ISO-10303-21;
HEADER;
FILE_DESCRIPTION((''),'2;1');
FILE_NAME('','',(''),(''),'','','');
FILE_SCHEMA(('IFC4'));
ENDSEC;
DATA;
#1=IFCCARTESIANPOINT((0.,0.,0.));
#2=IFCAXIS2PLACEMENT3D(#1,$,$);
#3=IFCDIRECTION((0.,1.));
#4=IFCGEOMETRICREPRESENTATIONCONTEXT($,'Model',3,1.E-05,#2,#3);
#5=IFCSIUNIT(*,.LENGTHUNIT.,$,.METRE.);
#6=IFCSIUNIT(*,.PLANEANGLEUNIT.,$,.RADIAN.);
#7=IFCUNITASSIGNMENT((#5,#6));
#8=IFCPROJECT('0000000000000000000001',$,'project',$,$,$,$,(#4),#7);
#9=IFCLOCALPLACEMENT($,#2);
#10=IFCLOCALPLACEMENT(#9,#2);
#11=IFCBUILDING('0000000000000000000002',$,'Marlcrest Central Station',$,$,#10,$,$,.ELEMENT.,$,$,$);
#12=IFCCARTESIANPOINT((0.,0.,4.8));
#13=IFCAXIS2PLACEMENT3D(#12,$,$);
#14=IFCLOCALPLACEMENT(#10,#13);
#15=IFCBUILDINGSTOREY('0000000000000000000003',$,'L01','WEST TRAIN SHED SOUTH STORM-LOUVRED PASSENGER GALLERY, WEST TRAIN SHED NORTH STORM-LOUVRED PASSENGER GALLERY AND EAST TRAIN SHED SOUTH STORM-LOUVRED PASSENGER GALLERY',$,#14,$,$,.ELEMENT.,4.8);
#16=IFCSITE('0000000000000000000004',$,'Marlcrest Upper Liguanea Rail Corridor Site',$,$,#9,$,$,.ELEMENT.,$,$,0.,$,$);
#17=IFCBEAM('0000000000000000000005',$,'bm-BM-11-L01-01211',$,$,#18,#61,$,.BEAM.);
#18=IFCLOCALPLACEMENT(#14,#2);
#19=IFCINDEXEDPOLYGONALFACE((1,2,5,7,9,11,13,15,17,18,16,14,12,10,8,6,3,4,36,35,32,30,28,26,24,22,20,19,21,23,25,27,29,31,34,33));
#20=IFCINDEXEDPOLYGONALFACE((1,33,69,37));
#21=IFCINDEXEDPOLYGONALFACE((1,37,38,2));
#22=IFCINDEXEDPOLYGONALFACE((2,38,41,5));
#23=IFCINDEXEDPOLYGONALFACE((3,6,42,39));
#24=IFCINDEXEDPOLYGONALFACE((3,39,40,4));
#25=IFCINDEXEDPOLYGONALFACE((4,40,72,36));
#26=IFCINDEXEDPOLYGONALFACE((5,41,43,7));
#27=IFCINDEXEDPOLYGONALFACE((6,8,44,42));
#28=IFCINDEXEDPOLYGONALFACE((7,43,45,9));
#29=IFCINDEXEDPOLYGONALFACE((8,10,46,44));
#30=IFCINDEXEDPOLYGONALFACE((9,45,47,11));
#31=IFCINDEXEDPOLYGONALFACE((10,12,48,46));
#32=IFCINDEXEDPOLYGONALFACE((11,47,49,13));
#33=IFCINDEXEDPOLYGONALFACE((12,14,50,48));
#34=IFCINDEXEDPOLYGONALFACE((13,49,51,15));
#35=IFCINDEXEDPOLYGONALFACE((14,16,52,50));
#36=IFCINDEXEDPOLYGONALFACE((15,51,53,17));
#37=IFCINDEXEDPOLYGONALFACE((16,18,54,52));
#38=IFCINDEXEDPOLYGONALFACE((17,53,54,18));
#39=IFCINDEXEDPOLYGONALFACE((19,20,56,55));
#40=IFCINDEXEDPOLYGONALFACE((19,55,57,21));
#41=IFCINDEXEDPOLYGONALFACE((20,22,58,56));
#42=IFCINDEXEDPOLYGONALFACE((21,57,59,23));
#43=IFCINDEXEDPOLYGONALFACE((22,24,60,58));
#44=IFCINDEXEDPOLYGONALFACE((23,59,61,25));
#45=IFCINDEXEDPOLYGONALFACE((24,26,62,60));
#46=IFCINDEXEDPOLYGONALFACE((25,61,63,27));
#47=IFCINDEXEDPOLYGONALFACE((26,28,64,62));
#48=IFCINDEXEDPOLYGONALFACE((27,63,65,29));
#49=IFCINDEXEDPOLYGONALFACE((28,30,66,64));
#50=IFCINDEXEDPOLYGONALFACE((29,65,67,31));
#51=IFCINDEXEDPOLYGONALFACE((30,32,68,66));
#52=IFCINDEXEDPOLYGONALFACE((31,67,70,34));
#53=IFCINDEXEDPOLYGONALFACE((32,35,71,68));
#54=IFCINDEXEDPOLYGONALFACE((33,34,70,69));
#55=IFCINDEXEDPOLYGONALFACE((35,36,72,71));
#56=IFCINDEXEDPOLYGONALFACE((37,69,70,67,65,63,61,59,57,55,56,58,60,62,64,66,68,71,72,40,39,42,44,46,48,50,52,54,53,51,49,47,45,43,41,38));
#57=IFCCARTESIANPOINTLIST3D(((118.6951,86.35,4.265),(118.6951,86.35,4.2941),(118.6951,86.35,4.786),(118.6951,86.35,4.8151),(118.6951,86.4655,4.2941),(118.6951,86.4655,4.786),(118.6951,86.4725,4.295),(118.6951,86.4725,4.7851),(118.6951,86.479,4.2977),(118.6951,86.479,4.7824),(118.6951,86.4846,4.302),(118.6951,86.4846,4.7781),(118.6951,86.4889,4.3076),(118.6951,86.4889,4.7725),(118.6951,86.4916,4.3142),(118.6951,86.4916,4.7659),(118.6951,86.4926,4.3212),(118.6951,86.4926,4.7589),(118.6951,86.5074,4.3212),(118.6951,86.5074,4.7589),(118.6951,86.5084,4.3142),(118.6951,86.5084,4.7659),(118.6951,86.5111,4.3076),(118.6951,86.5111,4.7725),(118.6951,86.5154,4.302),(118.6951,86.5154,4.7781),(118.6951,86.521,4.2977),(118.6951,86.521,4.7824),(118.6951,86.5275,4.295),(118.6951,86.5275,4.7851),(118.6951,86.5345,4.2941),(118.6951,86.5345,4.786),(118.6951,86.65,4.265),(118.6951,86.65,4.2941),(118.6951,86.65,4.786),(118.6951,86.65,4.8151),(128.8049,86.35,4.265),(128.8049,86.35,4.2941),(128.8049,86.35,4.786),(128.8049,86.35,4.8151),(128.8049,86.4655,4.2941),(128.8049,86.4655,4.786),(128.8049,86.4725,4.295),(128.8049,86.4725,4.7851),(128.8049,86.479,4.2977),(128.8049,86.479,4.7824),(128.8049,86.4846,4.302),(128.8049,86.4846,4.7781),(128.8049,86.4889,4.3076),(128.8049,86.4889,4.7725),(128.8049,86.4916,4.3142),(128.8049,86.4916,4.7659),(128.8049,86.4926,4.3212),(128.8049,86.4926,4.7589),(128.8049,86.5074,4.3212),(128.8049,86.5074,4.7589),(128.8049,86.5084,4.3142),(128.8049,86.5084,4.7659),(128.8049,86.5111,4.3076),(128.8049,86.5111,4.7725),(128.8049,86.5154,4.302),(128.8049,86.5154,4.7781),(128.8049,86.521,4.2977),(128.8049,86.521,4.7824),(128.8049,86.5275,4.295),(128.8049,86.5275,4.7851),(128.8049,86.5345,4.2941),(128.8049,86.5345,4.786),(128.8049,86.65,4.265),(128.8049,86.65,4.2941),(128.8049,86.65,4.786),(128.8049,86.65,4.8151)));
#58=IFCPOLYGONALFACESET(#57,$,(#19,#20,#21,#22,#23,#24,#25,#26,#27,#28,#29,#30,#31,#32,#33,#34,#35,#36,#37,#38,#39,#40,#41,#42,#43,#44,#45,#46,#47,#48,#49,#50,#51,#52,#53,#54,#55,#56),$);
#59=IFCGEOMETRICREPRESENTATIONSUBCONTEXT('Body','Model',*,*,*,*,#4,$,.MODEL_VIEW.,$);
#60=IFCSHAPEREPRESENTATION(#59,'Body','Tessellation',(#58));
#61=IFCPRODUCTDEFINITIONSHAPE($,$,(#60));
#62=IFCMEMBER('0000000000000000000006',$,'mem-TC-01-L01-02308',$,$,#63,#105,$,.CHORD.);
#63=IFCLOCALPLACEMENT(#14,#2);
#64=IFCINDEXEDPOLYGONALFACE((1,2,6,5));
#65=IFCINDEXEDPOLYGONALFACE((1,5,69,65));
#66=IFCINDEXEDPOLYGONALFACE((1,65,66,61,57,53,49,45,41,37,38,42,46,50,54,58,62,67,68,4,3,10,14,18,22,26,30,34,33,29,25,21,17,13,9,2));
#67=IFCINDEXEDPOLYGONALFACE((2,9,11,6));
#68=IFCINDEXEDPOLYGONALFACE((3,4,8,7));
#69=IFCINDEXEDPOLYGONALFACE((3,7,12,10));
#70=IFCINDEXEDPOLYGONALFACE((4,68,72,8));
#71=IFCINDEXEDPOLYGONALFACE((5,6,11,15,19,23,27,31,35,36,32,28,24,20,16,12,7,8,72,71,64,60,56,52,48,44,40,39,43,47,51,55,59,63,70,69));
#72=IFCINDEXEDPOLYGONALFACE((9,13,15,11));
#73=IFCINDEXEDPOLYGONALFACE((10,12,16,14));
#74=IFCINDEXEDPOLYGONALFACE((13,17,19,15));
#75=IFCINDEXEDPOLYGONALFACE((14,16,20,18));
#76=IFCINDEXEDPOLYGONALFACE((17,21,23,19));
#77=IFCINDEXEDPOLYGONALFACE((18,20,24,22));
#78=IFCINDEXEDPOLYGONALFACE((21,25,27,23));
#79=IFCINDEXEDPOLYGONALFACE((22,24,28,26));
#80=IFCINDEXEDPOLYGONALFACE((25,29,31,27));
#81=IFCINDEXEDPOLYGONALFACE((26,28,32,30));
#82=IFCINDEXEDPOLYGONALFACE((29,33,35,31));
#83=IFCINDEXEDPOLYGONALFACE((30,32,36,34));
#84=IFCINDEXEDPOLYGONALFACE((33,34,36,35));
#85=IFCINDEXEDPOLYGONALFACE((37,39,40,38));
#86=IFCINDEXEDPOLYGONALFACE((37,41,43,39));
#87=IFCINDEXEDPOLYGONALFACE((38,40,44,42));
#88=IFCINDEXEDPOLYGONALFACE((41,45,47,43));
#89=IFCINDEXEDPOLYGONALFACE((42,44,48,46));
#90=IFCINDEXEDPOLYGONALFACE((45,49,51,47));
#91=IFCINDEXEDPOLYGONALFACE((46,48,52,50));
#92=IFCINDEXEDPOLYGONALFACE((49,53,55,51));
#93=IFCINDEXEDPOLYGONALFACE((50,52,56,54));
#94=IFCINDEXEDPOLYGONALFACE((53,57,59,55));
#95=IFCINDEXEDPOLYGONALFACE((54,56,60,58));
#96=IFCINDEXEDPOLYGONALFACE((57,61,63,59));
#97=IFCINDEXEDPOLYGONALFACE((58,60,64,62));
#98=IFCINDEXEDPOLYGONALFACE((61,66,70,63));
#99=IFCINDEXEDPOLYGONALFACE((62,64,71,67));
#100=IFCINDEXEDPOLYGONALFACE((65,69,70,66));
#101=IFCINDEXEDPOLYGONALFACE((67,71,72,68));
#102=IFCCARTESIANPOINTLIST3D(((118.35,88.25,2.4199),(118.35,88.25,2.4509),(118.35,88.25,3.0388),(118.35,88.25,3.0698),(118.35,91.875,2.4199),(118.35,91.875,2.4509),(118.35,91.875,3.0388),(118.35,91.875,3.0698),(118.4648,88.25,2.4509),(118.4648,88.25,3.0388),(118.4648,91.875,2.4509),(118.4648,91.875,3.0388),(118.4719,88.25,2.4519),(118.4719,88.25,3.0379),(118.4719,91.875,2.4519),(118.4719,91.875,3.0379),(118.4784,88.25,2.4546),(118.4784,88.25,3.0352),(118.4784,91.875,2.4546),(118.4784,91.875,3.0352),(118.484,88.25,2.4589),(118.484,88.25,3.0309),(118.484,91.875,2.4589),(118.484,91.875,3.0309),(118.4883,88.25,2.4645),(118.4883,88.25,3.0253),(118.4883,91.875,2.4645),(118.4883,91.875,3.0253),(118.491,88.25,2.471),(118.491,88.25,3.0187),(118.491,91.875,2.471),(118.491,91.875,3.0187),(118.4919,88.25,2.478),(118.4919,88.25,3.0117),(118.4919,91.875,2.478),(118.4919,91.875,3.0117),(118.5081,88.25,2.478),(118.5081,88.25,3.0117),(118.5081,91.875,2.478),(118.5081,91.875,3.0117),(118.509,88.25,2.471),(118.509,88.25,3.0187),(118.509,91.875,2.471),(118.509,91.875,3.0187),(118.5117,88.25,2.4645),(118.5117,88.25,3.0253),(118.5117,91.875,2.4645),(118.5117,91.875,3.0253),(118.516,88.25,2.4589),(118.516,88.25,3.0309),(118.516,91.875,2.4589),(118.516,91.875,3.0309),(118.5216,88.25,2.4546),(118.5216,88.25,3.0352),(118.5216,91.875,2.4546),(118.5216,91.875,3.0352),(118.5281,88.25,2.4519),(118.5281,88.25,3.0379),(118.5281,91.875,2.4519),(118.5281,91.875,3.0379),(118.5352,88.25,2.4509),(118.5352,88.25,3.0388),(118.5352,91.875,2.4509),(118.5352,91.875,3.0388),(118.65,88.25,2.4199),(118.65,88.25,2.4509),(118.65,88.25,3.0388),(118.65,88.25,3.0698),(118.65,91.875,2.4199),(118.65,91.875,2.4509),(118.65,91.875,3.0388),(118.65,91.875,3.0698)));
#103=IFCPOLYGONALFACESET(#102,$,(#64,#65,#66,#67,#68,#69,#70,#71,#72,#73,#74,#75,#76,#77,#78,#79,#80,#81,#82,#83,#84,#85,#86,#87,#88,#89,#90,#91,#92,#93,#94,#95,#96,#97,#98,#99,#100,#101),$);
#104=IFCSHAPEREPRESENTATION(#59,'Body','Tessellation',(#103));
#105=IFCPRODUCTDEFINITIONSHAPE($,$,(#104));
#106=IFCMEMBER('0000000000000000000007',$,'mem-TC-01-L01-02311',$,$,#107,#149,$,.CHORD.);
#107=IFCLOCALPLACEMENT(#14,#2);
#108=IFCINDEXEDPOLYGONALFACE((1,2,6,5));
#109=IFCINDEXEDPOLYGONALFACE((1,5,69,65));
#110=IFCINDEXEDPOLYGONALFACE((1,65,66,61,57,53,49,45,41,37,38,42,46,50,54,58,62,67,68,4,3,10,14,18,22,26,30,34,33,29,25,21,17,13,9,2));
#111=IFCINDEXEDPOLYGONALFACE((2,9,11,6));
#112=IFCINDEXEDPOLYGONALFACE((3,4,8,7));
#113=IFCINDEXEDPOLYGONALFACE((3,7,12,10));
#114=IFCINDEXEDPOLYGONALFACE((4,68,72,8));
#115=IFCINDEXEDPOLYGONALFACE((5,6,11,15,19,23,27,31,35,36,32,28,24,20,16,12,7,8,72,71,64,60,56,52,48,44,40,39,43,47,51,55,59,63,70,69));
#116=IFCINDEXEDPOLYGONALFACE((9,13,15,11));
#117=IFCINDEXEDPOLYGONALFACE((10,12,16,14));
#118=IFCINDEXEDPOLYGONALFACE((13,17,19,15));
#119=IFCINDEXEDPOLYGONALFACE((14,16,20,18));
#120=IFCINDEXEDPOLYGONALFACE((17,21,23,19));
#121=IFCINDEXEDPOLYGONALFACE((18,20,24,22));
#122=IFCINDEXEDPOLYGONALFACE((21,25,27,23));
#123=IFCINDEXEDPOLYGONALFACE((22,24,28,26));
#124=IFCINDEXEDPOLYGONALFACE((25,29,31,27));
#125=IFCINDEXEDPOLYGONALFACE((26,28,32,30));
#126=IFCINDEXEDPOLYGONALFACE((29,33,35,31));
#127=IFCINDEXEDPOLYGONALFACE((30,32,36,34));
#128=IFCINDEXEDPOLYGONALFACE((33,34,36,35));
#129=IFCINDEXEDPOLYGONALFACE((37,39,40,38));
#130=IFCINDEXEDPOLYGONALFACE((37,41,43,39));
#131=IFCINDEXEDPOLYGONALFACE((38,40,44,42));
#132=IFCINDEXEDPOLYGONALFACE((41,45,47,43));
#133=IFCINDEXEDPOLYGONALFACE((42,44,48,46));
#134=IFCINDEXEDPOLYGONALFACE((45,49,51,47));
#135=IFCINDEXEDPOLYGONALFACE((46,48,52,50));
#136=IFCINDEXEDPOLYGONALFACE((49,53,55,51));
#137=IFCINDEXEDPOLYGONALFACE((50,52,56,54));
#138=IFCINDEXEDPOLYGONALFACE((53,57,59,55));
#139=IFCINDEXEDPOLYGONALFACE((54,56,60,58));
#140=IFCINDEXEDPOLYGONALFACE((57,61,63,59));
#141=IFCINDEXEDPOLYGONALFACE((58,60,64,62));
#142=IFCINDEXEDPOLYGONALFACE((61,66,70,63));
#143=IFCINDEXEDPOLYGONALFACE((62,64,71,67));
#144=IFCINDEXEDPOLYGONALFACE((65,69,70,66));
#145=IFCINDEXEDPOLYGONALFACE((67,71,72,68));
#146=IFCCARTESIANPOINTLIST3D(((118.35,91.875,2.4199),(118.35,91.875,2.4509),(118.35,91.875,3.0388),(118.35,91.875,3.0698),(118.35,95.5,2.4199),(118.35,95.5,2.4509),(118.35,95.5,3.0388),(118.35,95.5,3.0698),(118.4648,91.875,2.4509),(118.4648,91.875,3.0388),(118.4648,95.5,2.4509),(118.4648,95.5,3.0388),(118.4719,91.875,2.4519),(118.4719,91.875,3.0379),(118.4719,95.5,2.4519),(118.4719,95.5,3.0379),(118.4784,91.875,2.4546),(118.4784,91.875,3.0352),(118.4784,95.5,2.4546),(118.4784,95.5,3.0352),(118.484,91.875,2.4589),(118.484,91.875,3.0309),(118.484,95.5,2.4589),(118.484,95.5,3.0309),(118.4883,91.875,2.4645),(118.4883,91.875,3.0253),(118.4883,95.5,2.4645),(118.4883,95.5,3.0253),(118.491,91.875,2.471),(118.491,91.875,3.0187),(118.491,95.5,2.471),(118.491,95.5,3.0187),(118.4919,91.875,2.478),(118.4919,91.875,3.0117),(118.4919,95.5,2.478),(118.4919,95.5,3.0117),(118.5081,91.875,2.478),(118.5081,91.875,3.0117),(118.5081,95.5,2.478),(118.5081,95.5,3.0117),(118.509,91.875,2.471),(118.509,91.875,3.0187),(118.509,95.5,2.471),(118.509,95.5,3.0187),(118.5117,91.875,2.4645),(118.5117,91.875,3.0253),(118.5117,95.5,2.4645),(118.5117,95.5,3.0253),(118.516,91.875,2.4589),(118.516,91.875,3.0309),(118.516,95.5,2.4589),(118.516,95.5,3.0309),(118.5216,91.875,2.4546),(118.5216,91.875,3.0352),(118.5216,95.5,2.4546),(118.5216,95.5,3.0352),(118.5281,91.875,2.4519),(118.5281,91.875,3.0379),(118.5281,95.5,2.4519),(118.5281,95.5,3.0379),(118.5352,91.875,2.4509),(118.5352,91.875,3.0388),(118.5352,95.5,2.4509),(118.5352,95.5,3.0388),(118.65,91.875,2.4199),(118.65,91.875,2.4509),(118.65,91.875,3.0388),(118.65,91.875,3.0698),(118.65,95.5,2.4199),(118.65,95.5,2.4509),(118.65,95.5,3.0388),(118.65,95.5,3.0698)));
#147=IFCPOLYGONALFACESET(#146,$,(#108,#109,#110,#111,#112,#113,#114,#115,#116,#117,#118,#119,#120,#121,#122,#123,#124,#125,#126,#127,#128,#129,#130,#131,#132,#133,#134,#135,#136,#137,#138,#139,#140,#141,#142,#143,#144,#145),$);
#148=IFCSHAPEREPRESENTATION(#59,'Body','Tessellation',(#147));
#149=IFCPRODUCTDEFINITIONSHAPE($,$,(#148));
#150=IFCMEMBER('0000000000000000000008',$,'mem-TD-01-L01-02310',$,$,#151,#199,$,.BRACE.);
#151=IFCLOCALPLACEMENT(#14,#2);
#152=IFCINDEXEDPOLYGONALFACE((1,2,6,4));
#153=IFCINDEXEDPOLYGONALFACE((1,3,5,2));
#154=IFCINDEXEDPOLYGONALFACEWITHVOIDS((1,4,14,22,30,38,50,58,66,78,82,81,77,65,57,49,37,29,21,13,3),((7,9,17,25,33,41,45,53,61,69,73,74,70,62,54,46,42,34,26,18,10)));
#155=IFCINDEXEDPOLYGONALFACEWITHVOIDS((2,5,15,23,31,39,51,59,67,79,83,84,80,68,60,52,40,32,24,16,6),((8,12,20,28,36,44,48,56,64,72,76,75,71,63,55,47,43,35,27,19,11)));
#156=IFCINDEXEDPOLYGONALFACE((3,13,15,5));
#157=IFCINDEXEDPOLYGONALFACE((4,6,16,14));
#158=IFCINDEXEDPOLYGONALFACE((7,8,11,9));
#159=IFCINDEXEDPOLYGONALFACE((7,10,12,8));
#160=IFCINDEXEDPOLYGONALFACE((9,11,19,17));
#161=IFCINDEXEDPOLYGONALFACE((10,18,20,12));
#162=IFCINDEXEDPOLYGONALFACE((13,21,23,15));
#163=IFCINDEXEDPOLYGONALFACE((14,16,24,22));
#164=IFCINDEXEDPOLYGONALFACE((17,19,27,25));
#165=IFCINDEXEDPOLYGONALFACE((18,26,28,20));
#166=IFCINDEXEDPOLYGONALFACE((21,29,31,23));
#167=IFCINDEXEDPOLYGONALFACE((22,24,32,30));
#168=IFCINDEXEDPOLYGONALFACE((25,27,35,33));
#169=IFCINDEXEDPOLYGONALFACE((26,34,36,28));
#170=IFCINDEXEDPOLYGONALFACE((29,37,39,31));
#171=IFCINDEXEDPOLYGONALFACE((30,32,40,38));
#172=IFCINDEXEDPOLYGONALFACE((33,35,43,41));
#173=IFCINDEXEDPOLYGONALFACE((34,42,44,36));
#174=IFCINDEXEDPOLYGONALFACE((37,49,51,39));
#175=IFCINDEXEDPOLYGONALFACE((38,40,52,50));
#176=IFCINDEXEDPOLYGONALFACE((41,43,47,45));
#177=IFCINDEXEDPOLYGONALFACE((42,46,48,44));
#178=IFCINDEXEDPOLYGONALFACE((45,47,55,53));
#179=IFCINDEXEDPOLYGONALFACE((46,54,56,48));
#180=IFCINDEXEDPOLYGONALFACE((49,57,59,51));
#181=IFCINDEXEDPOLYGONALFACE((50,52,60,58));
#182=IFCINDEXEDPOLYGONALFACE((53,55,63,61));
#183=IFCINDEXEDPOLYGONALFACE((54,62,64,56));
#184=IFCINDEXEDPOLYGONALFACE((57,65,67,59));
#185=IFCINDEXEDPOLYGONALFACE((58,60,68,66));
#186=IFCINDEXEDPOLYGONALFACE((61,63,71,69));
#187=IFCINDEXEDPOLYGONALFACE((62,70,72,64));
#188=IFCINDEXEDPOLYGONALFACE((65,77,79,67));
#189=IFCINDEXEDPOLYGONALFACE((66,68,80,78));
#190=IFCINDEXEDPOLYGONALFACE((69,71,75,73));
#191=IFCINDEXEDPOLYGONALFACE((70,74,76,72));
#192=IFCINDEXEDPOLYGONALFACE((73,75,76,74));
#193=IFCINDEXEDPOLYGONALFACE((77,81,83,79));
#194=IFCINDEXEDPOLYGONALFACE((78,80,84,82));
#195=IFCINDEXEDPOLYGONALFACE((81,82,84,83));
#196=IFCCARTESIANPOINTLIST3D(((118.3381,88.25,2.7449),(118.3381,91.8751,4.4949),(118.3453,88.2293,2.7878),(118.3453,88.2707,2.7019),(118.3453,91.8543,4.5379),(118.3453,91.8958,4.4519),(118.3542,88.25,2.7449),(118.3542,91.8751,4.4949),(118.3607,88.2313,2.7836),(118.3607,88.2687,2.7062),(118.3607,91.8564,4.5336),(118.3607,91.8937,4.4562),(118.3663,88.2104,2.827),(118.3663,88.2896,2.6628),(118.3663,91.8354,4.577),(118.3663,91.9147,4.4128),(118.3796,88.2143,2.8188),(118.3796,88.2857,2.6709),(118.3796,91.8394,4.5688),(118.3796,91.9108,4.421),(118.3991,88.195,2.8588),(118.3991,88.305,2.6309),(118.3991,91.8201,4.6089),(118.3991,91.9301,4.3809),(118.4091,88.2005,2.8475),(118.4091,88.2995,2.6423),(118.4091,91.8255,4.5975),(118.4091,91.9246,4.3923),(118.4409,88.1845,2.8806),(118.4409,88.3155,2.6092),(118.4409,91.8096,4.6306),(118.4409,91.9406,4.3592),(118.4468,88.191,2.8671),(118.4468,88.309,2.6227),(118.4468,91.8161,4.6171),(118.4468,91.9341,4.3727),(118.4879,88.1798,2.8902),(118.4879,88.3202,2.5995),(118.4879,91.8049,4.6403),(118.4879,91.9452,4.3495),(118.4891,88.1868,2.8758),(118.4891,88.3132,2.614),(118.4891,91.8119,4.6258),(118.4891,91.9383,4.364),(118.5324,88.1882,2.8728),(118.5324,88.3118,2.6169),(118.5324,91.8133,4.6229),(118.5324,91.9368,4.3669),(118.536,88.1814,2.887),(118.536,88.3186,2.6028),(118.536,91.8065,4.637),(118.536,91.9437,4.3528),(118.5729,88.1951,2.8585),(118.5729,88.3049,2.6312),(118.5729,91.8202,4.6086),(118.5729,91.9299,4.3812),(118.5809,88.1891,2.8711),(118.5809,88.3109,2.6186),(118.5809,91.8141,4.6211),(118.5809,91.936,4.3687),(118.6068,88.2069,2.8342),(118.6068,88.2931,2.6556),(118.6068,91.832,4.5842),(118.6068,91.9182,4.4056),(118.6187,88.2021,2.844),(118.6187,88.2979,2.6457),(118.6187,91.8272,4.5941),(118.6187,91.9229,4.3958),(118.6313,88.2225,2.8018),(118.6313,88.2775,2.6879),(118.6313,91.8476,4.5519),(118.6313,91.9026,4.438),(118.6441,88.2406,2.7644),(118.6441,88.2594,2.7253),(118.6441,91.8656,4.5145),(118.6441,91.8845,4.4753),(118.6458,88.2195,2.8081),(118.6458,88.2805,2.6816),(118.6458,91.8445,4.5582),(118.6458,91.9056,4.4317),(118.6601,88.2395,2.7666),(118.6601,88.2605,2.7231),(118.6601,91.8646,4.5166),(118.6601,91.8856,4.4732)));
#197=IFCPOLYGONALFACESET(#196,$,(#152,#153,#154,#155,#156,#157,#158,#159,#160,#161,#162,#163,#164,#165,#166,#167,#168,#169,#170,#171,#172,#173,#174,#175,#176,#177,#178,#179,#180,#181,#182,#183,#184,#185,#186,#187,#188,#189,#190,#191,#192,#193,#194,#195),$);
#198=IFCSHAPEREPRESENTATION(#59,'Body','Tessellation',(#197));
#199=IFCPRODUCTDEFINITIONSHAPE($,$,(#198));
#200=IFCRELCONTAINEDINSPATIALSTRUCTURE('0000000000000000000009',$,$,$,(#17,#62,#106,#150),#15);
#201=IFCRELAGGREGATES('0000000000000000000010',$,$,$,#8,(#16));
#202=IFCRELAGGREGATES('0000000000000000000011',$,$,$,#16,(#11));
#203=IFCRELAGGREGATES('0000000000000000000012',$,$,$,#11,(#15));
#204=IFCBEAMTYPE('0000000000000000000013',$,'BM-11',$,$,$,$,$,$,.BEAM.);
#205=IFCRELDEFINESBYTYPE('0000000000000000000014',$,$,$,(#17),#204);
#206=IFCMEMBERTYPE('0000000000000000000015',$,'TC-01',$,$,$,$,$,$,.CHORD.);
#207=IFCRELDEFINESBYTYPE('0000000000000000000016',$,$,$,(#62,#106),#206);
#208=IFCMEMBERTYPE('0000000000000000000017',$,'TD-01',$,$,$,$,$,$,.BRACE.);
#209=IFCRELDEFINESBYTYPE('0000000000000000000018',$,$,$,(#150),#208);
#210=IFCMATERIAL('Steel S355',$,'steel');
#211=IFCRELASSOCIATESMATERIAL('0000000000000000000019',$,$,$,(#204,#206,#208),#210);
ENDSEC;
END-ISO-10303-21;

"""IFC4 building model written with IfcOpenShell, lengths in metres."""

from ifc_helpers import new_model, si_unit, direction, frame, origin, origin_2d, place, context, subcontext, project, spatial, hollow_circle, i_section, extrude, material, material_profile, profile_set, type_object, element, save


model = new_model("IFC4")

# Units and contexts
model_context = context("Model", 3, precision=1e-05, world=origin(), true_north=direction((0.0, 1.0)))
body_context = subcontext(model_context, "Body", "Model", "MODEL_VIEW")
ifc_project = project(units=[si_unit("LENGTHUNIT", "METRE"), si_unit("PLANEANGLEUNIT", "RADIAN")], contexts=[model_context])

# Site, building, storey
site_placement = place(None, origin())
site = spatial("IfcSite", under=ifc_project, at=site_placement, Name="Marlcrest Upper Liguanea Rail Corridor Site", CompositionType="ELEMENT", RefElevation=0.0)
building_placement = place(site_placement, origin())
building = spatial("IfcBuilding", under=site, at=building_placement, Name="Marlcrest Central Station", CompositionType="ELEMENT")
storey_placement = place(building_placement, frame((0.0, 0.0, 4.8)))
storey = spatial("IfcBuildingStorey", under=building, at=storey_placement, Name="L01", Description="WEST TRAIN SHED SOUTH STORM-LOUVRED PASSENGER GALLERY, WEST TRAIN SHED NORTH STORM-LOUVRED PASSENGER GALLERY AND EAST TRAIN SHED SOUTH STORM-LOUVRED PASSENGER GALLERY", CompositionType="ELEMENT", Elevation=4.8)

# Beam
ifc_material_1 = material(Name="Steel S355", Category="steel")
ifc_material_profile_1 = material_profile(ifc_material_1, i_section(OverallWidth=0.3, OverallDepth=0.55, WebThickness=0.0149, FlangeThickness=0.0291, FilletRadius=0.0271, at=origin_2d()), Name="HEB 550")
ifc_profile_set_1 = profile_set([ifc_material_profile_1], Name="Steel S355")
beam_type = type_object("IfcBeamType", Name="BM-11", PredefinedType="BEAM", material=ifc_profile_set_1)
beam_placement = place(storey_placement, frame((118.6951, 86.5, 4.54), z_axis=(1.0, 0.0, 0.0), x_axis=(0.0, 1.0, 0.0)))
element("IfcBeam", 1, at=beam_placement, inside=storey, type_object=beam_type, Name="bm-BM-11-L01-01211", PredefinedType="BEAM", context=body_context, shape_type="SweptSolid", body=[
    extrude(i_section(OverallWidth=0.3, OverallDepth=0.55, WebThickness=0.0149, FlangeThickness=0.0291, FilletRadius=0.0271, at=origin_2d()), origin(), (0.0, 0.0, 1.0), 10.1099),
])

# Members
ifc_material_profile_2 = material_profile(ifc_material_1, i_section(OverallWidth=0.3, OverallDepth=0.6499, WebThickness=0.0161, FlangeThickness=0.031, FilletRadius=0.0271, at=origin_2d()), Name="HEB 650")
ifc_profile_set_2 = profile_set([ifc_material_profile_2], Name="Steel S355")
member_type_1 = type_object("IfcMemberType", Name="TC-01", PredefinedType="CHORD", material=ifc_profile_set_2)
for number, where, z_axis, x_axis, name in (
    (2, (118.5, 88.25, 2.7449), (0.0, 1.0, 0.0), (-1.0, 0.0, 0.0), "mem-TC-01-L01-02308"),
    (3, (118.5, 91.875, 2.7449), (0.0, 1.0, 0.0), (-1.0, 0.0, 0.0), "mem-TC-01-L01-02311"),
):
    element("IfcMember", number, at=place(storey_placement, frame(where, z_axis=z_axis, x_axis=x_axis)), inside=storey, type_object=member_type_1, Name=name, PredefinedType="CHORD", context=body_context, shape_type="SweptSolid", body=[
        extrude(i_section(OverallWidth=0.3, OverallDepth=0.6499, WebThickness=0.0161, FlangeThickness=0.031, FilletRadius=0.0271, at=origin_2d()), origin(), (0.0, 0.0, 1.0), 3.625),
    ])
ifc_material_profile_3 = material_profile(ifc_material_1, hollow_circle(Radius=0.1619, WallThickness=0.0161, at=origin_2d()), Name="CHS 323.9x16")
ifc_profile_set_3 = profile_set([ifc_material_profile_3], Name="Steel S355")
member_type_2 = type_object("IfcMemberType", Name="TD-01", PredefinedType="BRACE", material=ifc_profile_set_3)
for number, where, z_axis, x_axis, name in (
    (4, (118.5, 88.25, 2.7449), (0.0, 0.900552, 0.434749), (-1.0, 0.0, 0.0), "mem-TD-01-L01-02310"),
):
    element("IfcMember", number, at=place(storey_placement, frame(where, z_axis=z_axis, x_axis=x_axis)), inside=storey, type_object=member_type_2, Name=name, PredefinedType="BRACE", context=body_context, shape_type="SweptSolid", body=[
        extrude(hollow_circle(Radius=0.1619, WallThickness=0.0161, at=origin_2d()), origin(), (0.0, 0.0, 1.0), 4.0254),
    ])

save(model, "model.ifc")
